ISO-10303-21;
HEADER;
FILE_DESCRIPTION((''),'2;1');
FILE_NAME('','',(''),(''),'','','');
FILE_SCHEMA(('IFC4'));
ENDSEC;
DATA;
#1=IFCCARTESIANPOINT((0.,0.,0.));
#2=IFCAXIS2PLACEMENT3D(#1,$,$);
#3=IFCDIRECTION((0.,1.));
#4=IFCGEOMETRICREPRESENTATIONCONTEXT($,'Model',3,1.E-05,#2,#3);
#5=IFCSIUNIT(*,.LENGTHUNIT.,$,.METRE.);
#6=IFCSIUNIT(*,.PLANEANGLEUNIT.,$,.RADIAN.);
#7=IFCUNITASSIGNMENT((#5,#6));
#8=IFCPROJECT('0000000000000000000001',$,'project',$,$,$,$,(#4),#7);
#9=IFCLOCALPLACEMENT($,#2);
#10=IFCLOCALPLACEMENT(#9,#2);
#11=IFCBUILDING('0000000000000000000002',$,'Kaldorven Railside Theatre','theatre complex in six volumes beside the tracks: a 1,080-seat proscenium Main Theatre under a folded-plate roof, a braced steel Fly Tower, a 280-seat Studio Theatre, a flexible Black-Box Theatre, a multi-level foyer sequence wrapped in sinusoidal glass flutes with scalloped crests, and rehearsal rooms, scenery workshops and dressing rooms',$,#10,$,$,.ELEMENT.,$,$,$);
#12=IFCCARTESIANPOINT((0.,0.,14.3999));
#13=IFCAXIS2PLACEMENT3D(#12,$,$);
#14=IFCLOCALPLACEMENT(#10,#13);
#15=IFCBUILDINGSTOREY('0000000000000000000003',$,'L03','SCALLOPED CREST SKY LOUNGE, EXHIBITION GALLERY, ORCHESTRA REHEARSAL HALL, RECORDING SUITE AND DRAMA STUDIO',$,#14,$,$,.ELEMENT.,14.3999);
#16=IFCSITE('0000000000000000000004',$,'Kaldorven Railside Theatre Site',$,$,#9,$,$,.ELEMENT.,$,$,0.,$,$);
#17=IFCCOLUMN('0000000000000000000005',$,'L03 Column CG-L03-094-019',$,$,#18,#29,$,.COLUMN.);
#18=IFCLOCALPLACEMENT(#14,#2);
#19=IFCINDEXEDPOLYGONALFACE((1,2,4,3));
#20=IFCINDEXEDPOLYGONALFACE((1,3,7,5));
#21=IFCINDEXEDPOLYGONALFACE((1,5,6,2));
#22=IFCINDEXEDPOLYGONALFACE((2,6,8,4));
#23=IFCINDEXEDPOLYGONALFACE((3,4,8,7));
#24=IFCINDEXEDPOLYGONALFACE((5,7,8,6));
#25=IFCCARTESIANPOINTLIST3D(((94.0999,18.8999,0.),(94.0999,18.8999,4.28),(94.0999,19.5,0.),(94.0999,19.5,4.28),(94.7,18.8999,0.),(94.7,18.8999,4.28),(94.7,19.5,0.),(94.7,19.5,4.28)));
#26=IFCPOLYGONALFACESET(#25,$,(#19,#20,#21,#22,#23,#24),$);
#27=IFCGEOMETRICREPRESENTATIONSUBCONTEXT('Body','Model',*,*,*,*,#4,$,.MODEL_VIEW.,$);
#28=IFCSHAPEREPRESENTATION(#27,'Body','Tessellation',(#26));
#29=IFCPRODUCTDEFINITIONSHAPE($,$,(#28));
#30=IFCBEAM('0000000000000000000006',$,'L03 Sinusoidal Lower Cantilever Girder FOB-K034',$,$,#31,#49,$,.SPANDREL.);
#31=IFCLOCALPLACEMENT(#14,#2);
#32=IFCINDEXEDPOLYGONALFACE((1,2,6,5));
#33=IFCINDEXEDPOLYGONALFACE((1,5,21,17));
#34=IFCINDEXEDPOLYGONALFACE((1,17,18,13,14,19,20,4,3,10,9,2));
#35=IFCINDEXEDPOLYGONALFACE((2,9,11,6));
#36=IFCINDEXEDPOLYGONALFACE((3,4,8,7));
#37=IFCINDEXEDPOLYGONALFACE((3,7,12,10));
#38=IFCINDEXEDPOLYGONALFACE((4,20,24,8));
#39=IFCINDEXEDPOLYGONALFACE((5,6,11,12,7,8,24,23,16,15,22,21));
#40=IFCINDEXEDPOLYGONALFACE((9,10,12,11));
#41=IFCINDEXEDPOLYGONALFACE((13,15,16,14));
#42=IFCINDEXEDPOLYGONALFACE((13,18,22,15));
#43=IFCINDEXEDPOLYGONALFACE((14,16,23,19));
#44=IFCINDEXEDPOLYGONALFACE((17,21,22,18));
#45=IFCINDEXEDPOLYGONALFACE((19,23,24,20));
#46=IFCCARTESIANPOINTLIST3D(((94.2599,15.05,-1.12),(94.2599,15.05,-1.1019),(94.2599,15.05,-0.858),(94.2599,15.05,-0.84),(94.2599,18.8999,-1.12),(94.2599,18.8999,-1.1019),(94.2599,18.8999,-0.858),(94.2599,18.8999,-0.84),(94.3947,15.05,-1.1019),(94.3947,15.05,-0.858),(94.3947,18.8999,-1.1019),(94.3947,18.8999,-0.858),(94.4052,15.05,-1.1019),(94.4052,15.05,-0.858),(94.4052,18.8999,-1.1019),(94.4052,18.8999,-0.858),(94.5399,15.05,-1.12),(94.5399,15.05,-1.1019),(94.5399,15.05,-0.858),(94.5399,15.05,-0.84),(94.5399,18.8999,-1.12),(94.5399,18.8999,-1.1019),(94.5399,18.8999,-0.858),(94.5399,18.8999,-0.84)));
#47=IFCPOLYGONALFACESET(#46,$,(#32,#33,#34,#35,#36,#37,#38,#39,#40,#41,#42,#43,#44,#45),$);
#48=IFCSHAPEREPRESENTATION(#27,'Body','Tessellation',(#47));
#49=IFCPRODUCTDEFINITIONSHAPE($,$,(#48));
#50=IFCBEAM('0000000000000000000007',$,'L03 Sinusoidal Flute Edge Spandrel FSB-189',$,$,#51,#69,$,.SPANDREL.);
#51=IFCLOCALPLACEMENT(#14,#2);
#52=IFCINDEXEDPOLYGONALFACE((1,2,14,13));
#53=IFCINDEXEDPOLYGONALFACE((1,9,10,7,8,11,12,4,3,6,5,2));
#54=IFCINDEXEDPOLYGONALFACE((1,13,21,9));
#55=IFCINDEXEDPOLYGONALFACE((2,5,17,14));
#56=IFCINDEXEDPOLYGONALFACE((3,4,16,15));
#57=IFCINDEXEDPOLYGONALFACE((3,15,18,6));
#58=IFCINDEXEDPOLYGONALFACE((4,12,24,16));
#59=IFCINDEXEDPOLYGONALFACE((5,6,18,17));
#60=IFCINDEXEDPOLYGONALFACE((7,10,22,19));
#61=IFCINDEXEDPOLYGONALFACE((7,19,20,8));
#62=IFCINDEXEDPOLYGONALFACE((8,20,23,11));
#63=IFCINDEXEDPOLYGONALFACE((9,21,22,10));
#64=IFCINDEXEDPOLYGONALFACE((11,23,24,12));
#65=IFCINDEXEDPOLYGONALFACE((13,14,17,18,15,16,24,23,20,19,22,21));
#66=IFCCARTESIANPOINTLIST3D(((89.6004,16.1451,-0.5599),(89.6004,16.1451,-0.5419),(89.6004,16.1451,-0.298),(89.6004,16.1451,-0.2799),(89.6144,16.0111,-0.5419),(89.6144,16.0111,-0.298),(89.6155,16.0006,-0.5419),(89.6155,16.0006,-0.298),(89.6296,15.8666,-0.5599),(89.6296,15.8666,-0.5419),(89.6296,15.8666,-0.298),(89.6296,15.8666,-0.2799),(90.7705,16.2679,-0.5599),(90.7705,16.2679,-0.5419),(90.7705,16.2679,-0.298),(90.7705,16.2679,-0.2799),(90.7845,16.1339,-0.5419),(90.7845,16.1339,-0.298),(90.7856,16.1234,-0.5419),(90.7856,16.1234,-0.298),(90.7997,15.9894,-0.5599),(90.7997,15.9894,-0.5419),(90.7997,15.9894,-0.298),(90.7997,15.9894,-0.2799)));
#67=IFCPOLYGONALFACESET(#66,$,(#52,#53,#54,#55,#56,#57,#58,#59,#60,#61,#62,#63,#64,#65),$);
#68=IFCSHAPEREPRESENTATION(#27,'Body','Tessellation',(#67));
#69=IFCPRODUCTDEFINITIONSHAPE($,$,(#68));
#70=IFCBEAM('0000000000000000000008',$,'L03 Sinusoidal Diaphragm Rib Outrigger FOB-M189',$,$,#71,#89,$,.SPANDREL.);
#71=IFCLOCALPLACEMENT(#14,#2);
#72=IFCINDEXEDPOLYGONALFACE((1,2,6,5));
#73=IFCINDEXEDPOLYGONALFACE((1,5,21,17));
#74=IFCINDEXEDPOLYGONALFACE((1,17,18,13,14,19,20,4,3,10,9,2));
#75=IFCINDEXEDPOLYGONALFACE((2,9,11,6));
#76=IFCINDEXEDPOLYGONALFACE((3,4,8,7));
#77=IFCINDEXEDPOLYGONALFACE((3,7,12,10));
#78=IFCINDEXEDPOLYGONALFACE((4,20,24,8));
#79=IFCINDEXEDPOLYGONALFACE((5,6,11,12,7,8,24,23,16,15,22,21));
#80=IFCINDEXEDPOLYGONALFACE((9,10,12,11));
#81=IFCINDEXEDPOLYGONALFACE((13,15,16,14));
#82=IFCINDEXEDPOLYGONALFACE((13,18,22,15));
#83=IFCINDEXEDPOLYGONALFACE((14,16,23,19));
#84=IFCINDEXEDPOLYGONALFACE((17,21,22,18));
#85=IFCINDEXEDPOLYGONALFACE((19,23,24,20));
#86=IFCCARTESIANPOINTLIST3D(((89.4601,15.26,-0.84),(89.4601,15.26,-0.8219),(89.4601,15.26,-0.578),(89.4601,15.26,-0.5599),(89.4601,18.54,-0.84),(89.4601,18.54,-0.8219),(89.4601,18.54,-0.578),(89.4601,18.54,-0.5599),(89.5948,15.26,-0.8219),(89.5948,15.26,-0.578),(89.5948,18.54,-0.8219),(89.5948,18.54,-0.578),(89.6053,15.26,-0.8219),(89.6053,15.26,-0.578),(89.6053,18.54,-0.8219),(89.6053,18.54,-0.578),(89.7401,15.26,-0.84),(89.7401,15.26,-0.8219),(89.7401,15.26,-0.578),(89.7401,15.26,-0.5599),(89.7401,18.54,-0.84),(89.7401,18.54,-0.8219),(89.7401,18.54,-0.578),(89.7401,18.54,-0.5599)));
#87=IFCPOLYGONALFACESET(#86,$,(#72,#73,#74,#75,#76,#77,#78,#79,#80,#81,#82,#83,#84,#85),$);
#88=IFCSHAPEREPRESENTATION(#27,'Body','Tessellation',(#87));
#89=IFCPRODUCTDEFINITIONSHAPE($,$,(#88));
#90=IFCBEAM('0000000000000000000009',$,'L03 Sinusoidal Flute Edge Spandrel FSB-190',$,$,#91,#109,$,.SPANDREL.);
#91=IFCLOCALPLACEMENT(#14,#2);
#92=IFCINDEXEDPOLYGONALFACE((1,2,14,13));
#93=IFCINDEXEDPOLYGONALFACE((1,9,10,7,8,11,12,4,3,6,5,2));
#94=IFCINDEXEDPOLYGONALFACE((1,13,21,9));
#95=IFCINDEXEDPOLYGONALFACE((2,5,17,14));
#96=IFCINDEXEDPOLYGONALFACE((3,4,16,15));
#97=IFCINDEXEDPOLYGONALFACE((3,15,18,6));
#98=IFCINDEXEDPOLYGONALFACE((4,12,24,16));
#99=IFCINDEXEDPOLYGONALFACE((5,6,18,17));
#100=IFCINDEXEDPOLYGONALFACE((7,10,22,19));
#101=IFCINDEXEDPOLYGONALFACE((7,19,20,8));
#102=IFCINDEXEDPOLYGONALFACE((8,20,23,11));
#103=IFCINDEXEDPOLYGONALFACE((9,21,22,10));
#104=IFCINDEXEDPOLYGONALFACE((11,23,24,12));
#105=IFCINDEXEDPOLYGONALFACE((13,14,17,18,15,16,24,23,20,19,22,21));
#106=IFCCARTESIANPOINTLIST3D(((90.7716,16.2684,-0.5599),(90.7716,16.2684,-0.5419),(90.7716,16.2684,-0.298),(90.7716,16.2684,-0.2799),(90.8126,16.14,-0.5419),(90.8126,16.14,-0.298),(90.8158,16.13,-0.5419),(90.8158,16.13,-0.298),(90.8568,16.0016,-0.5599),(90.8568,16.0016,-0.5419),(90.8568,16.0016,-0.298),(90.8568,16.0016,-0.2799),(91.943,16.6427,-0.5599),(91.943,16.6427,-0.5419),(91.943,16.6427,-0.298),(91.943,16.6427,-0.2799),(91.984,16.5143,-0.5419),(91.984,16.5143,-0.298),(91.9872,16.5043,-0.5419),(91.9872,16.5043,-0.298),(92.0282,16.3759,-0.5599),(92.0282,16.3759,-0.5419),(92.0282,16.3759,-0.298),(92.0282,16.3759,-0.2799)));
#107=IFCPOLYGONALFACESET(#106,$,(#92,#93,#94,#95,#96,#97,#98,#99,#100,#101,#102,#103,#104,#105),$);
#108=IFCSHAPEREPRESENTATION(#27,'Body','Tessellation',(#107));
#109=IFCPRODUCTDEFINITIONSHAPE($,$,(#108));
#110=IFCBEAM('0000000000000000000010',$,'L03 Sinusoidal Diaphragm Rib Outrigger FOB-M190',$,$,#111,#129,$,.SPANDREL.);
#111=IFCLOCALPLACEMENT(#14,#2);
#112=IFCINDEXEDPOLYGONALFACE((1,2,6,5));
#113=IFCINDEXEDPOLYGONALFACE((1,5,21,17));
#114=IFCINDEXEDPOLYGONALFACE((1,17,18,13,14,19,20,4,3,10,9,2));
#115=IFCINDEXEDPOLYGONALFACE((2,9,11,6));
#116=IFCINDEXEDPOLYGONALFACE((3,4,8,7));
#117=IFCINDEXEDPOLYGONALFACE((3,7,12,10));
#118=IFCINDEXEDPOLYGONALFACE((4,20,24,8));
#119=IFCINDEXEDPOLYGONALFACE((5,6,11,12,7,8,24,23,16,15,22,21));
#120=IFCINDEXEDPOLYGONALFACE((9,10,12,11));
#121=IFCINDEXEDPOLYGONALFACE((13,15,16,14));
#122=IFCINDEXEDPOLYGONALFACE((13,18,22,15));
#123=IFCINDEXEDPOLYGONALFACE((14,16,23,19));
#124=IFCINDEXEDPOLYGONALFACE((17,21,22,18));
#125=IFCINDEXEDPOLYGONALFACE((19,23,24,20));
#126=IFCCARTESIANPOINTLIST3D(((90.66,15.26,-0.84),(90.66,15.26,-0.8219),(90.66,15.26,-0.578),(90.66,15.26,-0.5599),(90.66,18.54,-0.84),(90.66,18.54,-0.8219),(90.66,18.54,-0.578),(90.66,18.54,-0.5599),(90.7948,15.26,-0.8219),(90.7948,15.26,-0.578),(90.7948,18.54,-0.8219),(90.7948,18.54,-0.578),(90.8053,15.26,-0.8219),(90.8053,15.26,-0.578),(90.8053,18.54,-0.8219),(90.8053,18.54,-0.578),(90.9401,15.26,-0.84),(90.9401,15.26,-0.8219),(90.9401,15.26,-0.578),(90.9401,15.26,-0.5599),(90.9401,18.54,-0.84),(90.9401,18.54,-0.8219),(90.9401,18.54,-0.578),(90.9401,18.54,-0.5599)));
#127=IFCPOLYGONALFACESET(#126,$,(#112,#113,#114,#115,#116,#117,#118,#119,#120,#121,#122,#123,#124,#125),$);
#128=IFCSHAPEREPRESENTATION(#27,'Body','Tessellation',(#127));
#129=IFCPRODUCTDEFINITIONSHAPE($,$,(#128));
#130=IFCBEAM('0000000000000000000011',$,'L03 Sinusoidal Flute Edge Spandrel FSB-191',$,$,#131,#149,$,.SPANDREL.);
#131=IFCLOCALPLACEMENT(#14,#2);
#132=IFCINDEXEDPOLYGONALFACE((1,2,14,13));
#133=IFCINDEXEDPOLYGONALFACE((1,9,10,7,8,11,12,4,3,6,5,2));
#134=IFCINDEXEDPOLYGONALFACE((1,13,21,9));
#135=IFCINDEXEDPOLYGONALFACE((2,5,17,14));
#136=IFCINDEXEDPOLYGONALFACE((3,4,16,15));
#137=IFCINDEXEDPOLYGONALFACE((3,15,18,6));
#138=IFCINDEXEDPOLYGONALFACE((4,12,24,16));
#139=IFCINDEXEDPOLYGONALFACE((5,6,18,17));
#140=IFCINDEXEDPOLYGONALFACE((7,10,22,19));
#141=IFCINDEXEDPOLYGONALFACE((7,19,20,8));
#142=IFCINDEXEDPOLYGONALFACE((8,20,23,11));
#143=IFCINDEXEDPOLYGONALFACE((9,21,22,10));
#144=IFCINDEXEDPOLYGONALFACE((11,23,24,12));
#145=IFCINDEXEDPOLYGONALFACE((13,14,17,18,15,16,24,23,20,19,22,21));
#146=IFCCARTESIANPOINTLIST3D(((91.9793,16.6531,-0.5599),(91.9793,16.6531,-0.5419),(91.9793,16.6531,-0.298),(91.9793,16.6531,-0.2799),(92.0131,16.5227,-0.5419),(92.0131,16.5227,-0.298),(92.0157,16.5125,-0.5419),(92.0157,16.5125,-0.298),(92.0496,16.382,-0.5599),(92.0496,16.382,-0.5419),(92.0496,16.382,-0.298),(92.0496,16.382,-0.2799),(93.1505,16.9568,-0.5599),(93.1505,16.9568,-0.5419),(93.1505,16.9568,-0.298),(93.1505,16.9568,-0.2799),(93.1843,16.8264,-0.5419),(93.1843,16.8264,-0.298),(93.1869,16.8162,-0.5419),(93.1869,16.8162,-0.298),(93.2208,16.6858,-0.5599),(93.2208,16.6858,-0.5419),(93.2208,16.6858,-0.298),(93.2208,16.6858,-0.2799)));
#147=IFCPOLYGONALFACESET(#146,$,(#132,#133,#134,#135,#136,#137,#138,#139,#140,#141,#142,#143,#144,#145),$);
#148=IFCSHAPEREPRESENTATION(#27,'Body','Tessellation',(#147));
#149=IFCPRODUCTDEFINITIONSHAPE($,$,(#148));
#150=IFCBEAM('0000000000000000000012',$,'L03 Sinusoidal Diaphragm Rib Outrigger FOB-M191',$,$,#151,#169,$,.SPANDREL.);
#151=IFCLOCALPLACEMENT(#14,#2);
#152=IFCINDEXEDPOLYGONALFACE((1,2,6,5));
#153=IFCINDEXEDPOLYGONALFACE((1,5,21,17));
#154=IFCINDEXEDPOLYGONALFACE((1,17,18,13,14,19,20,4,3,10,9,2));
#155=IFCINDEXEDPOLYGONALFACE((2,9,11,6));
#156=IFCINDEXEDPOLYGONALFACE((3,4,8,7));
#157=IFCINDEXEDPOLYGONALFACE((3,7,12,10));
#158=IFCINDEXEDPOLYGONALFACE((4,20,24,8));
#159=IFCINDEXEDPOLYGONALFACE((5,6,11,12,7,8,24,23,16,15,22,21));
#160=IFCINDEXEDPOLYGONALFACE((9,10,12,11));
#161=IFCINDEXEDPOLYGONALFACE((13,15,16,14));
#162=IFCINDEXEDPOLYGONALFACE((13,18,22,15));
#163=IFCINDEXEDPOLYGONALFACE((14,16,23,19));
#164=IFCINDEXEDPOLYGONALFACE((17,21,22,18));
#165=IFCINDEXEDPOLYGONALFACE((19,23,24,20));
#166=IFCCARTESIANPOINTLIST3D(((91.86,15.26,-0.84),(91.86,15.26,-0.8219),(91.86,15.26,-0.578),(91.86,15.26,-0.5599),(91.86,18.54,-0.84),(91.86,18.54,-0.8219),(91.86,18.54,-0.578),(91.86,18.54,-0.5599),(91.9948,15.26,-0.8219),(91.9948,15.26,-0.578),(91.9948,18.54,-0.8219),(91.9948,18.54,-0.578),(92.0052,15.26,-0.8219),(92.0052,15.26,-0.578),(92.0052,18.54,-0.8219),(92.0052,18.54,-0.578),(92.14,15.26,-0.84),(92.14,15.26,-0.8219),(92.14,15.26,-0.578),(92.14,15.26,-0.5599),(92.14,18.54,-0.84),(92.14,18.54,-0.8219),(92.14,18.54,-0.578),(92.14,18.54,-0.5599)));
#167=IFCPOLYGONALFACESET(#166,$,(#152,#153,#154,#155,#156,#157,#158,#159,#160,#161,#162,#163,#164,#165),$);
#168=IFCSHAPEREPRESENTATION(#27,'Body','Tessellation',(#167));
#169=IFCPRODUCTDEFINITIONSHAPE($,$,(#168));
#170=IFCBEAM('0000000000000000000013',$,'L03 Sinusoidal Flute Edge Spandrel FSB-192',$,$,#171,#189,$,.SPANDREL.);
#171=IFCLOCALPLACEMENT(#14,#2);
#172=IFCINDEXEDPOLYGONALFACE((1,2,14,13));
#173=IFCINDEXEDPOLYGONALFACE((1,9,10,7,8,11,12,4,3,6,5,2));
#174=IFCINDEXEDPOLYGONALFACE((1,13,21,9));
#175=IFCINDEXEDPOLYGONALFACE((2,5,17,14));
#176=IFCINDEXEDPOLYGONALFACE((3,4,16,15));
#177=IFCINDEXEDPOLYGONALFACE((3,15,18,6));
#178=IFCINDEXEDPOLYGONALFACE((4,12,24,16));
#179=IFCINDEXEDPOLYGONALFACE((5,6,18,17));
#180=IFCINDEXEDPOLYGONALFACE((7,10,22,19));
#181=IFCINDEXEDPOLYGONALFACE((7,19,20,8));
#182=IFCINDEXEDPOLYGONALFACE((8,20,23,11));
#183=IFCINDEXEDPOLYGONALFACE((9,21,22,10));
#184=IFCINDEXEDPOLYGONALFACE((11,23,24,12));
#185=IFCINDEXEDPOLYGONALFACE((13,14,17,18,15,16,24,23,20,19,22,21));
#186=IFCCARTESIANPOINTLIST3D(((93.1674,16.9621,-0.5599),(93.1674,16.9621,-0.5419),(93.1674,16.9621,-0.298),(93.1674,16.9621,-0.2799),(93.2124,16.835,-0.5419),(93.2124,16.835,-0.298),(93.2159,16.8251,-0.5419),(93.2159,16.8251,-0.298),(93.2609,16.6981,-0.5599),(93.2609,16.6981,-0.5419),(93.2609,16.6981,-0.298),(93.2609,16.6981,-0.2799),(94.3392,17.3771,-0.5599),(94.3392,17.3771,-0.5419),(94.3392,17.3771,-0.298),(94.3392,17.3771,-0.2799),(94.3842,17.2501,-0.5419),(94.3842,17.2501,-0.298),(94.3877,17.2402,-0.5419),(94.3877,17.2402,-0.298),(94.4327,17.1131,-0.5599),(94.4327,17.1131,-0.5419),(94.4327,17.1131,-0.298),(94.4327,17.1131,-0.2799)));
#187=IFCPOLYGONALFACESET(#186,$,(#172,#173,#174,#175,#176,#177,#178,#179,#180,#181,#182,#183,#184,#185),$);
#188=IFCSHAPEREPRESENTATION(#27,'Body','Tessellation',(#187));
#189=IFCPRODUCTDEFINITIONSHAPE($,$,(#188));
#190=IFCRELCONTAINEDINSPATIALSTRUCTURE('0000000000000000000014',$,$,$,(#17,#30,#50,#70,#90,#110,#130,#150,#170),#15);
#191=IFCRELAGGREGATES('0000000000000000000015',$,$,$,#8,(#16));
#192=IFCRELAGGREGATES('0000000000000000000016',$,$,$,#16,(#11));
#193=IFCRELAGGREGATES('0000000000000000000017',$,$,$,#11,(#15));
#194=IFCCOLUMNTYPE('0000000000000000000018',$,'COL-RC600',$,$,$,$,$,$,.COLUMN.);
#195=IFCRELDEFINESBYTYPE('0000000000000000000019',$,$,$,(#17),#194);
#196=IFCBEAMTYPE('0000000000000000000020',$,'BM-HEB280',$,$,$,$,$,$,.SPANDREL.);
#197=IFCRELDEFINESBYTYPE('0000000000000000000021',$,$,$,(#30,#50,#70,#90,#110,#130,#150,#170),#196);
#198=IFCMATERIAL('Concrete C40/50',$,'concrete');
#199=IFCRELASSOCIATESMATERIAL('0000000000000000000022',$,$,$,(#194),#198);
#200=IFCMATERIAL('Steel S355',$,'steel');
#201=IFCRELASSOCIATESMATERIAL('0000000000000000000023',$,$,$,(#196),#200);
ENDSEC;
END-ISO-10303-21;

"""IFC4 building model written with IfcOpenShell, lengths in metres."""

from ifc_helpers import new_model, si_unit, direction, frame, origin, origin_2d, place, context, subcontext, project, spatial, rectangle, i_section, extrude, material, material_profile, profile_set, type_object, element, save


model = new_model("IFC4")

# Units and contexts
model_context = context("Model", 3, precision=1e-05, world=origin(), true_north=direction((0.0, 1.0)))
body_context = subcontext(model_context, "Body", "Model", "MODEL_VIEW")
ifc_project = project(units=[si_unit("LENGTHUNIT", "METRE"), si_unit("PLANEANGLEUNIT", "RADIAN")], contexts=[model_context])

# Site, building, storey
site_placement = place(None, origin())
site = spatial("IfcSite", under=ifc_project, at=site_placement, Name="Kaldorven Railside Theatre Site", CompositionType="ELEMENT", RefElevation=0.0)
building_placement = place(site_placement, origin())
building = spatial("IfcBuilding", under=site, at=building_placement, Name="Kaldorven Railside Theatre", Description="theatre complex in six volumes beside the tracks: a 1,080-seat proscenium Main Theatre under a folded-plate roof, a braced steel Fly Tower, a 280-seat Studio Theatre, a flexible Black-Box Theatre, a multi-level foyer sequence wrapped in sinusoidal glass flutes with scalloped crests, and rehearsal rooms, scenery workshops and dressing rooms", CompositionType="ELEMENT")
storey_placement = place(building_placement, frame((0.0, 0.0, 14.3999)))
storey = spatial("IfcBuildingStorey", under=building, at=storey_placement, Name="L03", Description="SCALLOPED CREST SKY LOUNGE, EXHIBITION GALLERY, ORCHESTRA REHEARSAL HALL, RECORDING SUITE AND DRAMA STUDIO", CompositionType="ELEMENT", Elevation=14.3999)

# Column
ifc_material_1 = material(Name="Concrete C40/50", Category="concrete")
ifc_material_profile_1 = material_profile(ifc_material_1, rectangle(XDim=0.6001, YDim=0.6001, at=origin_2d()), Name="RC 600x600")
ifc_profile_set_1 = profile_set([ifc_material_profile_1], Name="Concrete C40/50")
column_type = type_object("IfcColumnType", Name="COL-RC600", PredefinedType="COLUMN", material=ifc_profile_set_1)
column_placement = place(storey_placement, frame((94.3999, 19.2, 0.0), z_axis=(0.0, 0.0, 1.0), x_axis=(0.0, 1.0, 0.0)))
element("IfcColumn", 1, at=column_placement, inside=storey, type_object=column_type, Name="L03 Column CG-L03-094-019", PredefinedType="COLUMN", context=body_context, shape_type="SweptSolid", body=[
    extrude(rectangle(XDim=0.6001, YDim=0.6001, at=origin_2d()), origin(), (0.0, 0.0, 1.0), 4.28),
])

# Beams
ifc_material_2 = material(Name="Steel S355", Category="steel")
ifc_material_profile_2 = material_profile(ifc_material_2, i_section(OverallWidth=0.28, OverallDepth=0.28, WebThickness=0.0105, FlangeThickness=0.0181, at=origin_2d()), Name="HEB 280")
ifc_profile_set_2 = profile_set([ifc_material_profile_2], Name="Steel S355")
beam_type_1 = type_object("IfcBeamType", Name="BM-HEB280", PredefinedType="SPANDREL", material=ifc_profile_set_2)
beam_1_placement = place(storey_placement, frame((94.3999, 15.05, -0.98), z_axis=(0.0, 1.0, 0.0), x_axis=(-1.0, 0.0, 0.0)))
element("IfcBeam", 2, at=beam_1_placement, inside=storey, type_object=beam_type_1, Name="L03 Sinusoidal Lower Cantilever Girder FOB-K034", PredefinedType="SPANDREL", context=body_context, shape_type="SweptSolid", body=[
    extrude(i_section(OverallWidth=0.28, OverallDepth=0.28, WebThickness=0.0105, FlangeThickness=0.0181, at=origin_2d()), origin(), (0.0, 0.0, 1.0), 3.8499),
])
beam_2_placement = place(storey_placement, frame((89.615, 16.0059, -0.4199), z_axis=(0.994538, 0.104372, 0.0), x_axis=(-0.104372, 0.994538, 0.0)))
element("IfcBeam", 3, at=beam_2_placement, inside=storey, type_object=beam_type_1, Name="L03 Sinusoidal Flute Edge Spandrel FSB-189", PredefinedType="SPANDREL", context=body_context, shape_type="SweptSolid", body=[
    extrude(i_section(OverallWidth=0.28, OverallDepth=0.28, WebThickness=0.0105, FlangeThickness=0.0181, at=origin_2d()), origin(), (0.0, 0.0, 1.0), 1.1765),
])
beam_3_placement = place(storey_placement, frame((89.6001, 15.26, -0.7), z_axis=(0.0, 1.0, 0.0), x_axis=(-1.0, 0.0, 0.0)))
element("IfcBeam", 4, at=beam_3_placement, inside=storey, type_object=beam_type_1, Name="L03 Sinusoidal Diaphragm Rib Outrigger FOB-M189", PredefinedType="SPANDREL", context=body_context, shape_type="SweptSolid", body=[
    extrude(i_section(OverallWidth=0.28, OverallDepth=0.28, WebThickness=0.0105, FlangeThickness=0.0181, at=origin_2d()), origin(), (0.0, 0.0, 1.0), 3.28),
])
beam_4_placement = place(storey_placement, frame((90.8142, 16.135, -0.4199), z_axis=(0.95256, 0.304351, 0.0), x_axis=(-0.304351, 0.95256, 0.0)))
element("IfcBeam", 5, at=beam_4_placement, inside=storey, type_object=beam_type_1, Name="L03 Sinusoidal Flute Edge Spandrel FSB-190", PredefinedType="SPANDREL", context=body_context, shape_type="SweptSolid", body=[
    extrude(i_section(OverallWidth=0.28, OverallDepth=0.28, WebThickness=0.0105, FlangeThickness=0.0181, at=origin_2d()), origin(), (0.0, 0.0, 1.0), 1.2297),
])
beam_5_placement = place(storey_placement, frame((90.8, 15.26, -0.7), z_axis=(0.0, 1.0, 0.0), x_axis=(-1.0, 0.0, 0.0)))
element("IfcBeam", 6, at=beam_5_placement, inside=storey, type_object=beam_type_1, Name="L03 Sinusoidal Diaphragm Rib Outrigger FOB-M190", PredefinedType="SPANDREL", context=body_context, shape_type="SweptSolid", body=[
    extrude(i_section(OverallWidth=0.28, OverallDepth=0.28, WebThickness=0.0105, FlangeThickness=0.0181, at=origin_2d()), origin(), (0.0, 0.0, 1.0), 3.28),
])
beam_6_placement = place(storey_placement, frame((92.0144, 16.5176, -0.4199), z_axis=(0.967981, 0.251025, 0.0), x_axis=(-0.251025, 0.967981, 0.0)))
element("IfcBeam", 7, at=beam_6_placement, inside=storey, type_object=beam_type_1, Name="L03 Sinusoidal Flute Edge Spandrel FSB-191", PredefinedType="SPANDREL", context=body_context, shape_type="SweptSolid", body=[
    extrude(i_section(OverallWidth=0.28, OverallDepth=0.28, WebThickness=0.0105, FlangeThickness=0.0181, at=origin_2d()), origin(), (0.0, 0.0, 1.0), 1.21),
])
beam_7_placement = place(storey_placement, frame((92.0, 15.26, -0.7), z_axis=(0.0, 1.0, 0.0), x_axis=(-1.0, 0.0, 0.0)))
element("IfcBeam", 8, at=beam_7_placement, inside=storey, type_object=beam_type_1, Name="L03 Sinusoidal Diaphragm Rib Outrigger FOB-M191", PredefinedType="SPANDREL", context=body_context, shape_type="SweptSolid", body=[
    extrude(i_section(OverallWidth=0.28, OverallDepth=0.28, WebThickness=0.0105, FlangeThickness=0.0181, at=origin_2d()), origin(), (0.0, 0.0, 1.0), 3.28),
])
beam_8_placement = place(storey_placement, frame((93.2141, 16.8301, -0.4199), z_axis=(0.942627, 0.333847, 0.0), x_axis=(-0.333847, 0.942627, 0.0)))
element("IfcBeam", 9, at=beam_8_placement, inside=storey, type_object=beam_type_1, Name="L03 Sinusoidal Flute Edge Spandrel FSB-192", PredefinedType="SPANDREL", context=body_context, shape_type="SweptSolid", body=[
    extrude(i_section(OverallWidth=0.28, OverallDepth=0.28, WebThickness=0.0105, FlangeThickness=0.0181, at=origin_2d()), origin(), (0.0, 0.0, 1.0), 1.2432),
])

save(model, "model.ifc")
